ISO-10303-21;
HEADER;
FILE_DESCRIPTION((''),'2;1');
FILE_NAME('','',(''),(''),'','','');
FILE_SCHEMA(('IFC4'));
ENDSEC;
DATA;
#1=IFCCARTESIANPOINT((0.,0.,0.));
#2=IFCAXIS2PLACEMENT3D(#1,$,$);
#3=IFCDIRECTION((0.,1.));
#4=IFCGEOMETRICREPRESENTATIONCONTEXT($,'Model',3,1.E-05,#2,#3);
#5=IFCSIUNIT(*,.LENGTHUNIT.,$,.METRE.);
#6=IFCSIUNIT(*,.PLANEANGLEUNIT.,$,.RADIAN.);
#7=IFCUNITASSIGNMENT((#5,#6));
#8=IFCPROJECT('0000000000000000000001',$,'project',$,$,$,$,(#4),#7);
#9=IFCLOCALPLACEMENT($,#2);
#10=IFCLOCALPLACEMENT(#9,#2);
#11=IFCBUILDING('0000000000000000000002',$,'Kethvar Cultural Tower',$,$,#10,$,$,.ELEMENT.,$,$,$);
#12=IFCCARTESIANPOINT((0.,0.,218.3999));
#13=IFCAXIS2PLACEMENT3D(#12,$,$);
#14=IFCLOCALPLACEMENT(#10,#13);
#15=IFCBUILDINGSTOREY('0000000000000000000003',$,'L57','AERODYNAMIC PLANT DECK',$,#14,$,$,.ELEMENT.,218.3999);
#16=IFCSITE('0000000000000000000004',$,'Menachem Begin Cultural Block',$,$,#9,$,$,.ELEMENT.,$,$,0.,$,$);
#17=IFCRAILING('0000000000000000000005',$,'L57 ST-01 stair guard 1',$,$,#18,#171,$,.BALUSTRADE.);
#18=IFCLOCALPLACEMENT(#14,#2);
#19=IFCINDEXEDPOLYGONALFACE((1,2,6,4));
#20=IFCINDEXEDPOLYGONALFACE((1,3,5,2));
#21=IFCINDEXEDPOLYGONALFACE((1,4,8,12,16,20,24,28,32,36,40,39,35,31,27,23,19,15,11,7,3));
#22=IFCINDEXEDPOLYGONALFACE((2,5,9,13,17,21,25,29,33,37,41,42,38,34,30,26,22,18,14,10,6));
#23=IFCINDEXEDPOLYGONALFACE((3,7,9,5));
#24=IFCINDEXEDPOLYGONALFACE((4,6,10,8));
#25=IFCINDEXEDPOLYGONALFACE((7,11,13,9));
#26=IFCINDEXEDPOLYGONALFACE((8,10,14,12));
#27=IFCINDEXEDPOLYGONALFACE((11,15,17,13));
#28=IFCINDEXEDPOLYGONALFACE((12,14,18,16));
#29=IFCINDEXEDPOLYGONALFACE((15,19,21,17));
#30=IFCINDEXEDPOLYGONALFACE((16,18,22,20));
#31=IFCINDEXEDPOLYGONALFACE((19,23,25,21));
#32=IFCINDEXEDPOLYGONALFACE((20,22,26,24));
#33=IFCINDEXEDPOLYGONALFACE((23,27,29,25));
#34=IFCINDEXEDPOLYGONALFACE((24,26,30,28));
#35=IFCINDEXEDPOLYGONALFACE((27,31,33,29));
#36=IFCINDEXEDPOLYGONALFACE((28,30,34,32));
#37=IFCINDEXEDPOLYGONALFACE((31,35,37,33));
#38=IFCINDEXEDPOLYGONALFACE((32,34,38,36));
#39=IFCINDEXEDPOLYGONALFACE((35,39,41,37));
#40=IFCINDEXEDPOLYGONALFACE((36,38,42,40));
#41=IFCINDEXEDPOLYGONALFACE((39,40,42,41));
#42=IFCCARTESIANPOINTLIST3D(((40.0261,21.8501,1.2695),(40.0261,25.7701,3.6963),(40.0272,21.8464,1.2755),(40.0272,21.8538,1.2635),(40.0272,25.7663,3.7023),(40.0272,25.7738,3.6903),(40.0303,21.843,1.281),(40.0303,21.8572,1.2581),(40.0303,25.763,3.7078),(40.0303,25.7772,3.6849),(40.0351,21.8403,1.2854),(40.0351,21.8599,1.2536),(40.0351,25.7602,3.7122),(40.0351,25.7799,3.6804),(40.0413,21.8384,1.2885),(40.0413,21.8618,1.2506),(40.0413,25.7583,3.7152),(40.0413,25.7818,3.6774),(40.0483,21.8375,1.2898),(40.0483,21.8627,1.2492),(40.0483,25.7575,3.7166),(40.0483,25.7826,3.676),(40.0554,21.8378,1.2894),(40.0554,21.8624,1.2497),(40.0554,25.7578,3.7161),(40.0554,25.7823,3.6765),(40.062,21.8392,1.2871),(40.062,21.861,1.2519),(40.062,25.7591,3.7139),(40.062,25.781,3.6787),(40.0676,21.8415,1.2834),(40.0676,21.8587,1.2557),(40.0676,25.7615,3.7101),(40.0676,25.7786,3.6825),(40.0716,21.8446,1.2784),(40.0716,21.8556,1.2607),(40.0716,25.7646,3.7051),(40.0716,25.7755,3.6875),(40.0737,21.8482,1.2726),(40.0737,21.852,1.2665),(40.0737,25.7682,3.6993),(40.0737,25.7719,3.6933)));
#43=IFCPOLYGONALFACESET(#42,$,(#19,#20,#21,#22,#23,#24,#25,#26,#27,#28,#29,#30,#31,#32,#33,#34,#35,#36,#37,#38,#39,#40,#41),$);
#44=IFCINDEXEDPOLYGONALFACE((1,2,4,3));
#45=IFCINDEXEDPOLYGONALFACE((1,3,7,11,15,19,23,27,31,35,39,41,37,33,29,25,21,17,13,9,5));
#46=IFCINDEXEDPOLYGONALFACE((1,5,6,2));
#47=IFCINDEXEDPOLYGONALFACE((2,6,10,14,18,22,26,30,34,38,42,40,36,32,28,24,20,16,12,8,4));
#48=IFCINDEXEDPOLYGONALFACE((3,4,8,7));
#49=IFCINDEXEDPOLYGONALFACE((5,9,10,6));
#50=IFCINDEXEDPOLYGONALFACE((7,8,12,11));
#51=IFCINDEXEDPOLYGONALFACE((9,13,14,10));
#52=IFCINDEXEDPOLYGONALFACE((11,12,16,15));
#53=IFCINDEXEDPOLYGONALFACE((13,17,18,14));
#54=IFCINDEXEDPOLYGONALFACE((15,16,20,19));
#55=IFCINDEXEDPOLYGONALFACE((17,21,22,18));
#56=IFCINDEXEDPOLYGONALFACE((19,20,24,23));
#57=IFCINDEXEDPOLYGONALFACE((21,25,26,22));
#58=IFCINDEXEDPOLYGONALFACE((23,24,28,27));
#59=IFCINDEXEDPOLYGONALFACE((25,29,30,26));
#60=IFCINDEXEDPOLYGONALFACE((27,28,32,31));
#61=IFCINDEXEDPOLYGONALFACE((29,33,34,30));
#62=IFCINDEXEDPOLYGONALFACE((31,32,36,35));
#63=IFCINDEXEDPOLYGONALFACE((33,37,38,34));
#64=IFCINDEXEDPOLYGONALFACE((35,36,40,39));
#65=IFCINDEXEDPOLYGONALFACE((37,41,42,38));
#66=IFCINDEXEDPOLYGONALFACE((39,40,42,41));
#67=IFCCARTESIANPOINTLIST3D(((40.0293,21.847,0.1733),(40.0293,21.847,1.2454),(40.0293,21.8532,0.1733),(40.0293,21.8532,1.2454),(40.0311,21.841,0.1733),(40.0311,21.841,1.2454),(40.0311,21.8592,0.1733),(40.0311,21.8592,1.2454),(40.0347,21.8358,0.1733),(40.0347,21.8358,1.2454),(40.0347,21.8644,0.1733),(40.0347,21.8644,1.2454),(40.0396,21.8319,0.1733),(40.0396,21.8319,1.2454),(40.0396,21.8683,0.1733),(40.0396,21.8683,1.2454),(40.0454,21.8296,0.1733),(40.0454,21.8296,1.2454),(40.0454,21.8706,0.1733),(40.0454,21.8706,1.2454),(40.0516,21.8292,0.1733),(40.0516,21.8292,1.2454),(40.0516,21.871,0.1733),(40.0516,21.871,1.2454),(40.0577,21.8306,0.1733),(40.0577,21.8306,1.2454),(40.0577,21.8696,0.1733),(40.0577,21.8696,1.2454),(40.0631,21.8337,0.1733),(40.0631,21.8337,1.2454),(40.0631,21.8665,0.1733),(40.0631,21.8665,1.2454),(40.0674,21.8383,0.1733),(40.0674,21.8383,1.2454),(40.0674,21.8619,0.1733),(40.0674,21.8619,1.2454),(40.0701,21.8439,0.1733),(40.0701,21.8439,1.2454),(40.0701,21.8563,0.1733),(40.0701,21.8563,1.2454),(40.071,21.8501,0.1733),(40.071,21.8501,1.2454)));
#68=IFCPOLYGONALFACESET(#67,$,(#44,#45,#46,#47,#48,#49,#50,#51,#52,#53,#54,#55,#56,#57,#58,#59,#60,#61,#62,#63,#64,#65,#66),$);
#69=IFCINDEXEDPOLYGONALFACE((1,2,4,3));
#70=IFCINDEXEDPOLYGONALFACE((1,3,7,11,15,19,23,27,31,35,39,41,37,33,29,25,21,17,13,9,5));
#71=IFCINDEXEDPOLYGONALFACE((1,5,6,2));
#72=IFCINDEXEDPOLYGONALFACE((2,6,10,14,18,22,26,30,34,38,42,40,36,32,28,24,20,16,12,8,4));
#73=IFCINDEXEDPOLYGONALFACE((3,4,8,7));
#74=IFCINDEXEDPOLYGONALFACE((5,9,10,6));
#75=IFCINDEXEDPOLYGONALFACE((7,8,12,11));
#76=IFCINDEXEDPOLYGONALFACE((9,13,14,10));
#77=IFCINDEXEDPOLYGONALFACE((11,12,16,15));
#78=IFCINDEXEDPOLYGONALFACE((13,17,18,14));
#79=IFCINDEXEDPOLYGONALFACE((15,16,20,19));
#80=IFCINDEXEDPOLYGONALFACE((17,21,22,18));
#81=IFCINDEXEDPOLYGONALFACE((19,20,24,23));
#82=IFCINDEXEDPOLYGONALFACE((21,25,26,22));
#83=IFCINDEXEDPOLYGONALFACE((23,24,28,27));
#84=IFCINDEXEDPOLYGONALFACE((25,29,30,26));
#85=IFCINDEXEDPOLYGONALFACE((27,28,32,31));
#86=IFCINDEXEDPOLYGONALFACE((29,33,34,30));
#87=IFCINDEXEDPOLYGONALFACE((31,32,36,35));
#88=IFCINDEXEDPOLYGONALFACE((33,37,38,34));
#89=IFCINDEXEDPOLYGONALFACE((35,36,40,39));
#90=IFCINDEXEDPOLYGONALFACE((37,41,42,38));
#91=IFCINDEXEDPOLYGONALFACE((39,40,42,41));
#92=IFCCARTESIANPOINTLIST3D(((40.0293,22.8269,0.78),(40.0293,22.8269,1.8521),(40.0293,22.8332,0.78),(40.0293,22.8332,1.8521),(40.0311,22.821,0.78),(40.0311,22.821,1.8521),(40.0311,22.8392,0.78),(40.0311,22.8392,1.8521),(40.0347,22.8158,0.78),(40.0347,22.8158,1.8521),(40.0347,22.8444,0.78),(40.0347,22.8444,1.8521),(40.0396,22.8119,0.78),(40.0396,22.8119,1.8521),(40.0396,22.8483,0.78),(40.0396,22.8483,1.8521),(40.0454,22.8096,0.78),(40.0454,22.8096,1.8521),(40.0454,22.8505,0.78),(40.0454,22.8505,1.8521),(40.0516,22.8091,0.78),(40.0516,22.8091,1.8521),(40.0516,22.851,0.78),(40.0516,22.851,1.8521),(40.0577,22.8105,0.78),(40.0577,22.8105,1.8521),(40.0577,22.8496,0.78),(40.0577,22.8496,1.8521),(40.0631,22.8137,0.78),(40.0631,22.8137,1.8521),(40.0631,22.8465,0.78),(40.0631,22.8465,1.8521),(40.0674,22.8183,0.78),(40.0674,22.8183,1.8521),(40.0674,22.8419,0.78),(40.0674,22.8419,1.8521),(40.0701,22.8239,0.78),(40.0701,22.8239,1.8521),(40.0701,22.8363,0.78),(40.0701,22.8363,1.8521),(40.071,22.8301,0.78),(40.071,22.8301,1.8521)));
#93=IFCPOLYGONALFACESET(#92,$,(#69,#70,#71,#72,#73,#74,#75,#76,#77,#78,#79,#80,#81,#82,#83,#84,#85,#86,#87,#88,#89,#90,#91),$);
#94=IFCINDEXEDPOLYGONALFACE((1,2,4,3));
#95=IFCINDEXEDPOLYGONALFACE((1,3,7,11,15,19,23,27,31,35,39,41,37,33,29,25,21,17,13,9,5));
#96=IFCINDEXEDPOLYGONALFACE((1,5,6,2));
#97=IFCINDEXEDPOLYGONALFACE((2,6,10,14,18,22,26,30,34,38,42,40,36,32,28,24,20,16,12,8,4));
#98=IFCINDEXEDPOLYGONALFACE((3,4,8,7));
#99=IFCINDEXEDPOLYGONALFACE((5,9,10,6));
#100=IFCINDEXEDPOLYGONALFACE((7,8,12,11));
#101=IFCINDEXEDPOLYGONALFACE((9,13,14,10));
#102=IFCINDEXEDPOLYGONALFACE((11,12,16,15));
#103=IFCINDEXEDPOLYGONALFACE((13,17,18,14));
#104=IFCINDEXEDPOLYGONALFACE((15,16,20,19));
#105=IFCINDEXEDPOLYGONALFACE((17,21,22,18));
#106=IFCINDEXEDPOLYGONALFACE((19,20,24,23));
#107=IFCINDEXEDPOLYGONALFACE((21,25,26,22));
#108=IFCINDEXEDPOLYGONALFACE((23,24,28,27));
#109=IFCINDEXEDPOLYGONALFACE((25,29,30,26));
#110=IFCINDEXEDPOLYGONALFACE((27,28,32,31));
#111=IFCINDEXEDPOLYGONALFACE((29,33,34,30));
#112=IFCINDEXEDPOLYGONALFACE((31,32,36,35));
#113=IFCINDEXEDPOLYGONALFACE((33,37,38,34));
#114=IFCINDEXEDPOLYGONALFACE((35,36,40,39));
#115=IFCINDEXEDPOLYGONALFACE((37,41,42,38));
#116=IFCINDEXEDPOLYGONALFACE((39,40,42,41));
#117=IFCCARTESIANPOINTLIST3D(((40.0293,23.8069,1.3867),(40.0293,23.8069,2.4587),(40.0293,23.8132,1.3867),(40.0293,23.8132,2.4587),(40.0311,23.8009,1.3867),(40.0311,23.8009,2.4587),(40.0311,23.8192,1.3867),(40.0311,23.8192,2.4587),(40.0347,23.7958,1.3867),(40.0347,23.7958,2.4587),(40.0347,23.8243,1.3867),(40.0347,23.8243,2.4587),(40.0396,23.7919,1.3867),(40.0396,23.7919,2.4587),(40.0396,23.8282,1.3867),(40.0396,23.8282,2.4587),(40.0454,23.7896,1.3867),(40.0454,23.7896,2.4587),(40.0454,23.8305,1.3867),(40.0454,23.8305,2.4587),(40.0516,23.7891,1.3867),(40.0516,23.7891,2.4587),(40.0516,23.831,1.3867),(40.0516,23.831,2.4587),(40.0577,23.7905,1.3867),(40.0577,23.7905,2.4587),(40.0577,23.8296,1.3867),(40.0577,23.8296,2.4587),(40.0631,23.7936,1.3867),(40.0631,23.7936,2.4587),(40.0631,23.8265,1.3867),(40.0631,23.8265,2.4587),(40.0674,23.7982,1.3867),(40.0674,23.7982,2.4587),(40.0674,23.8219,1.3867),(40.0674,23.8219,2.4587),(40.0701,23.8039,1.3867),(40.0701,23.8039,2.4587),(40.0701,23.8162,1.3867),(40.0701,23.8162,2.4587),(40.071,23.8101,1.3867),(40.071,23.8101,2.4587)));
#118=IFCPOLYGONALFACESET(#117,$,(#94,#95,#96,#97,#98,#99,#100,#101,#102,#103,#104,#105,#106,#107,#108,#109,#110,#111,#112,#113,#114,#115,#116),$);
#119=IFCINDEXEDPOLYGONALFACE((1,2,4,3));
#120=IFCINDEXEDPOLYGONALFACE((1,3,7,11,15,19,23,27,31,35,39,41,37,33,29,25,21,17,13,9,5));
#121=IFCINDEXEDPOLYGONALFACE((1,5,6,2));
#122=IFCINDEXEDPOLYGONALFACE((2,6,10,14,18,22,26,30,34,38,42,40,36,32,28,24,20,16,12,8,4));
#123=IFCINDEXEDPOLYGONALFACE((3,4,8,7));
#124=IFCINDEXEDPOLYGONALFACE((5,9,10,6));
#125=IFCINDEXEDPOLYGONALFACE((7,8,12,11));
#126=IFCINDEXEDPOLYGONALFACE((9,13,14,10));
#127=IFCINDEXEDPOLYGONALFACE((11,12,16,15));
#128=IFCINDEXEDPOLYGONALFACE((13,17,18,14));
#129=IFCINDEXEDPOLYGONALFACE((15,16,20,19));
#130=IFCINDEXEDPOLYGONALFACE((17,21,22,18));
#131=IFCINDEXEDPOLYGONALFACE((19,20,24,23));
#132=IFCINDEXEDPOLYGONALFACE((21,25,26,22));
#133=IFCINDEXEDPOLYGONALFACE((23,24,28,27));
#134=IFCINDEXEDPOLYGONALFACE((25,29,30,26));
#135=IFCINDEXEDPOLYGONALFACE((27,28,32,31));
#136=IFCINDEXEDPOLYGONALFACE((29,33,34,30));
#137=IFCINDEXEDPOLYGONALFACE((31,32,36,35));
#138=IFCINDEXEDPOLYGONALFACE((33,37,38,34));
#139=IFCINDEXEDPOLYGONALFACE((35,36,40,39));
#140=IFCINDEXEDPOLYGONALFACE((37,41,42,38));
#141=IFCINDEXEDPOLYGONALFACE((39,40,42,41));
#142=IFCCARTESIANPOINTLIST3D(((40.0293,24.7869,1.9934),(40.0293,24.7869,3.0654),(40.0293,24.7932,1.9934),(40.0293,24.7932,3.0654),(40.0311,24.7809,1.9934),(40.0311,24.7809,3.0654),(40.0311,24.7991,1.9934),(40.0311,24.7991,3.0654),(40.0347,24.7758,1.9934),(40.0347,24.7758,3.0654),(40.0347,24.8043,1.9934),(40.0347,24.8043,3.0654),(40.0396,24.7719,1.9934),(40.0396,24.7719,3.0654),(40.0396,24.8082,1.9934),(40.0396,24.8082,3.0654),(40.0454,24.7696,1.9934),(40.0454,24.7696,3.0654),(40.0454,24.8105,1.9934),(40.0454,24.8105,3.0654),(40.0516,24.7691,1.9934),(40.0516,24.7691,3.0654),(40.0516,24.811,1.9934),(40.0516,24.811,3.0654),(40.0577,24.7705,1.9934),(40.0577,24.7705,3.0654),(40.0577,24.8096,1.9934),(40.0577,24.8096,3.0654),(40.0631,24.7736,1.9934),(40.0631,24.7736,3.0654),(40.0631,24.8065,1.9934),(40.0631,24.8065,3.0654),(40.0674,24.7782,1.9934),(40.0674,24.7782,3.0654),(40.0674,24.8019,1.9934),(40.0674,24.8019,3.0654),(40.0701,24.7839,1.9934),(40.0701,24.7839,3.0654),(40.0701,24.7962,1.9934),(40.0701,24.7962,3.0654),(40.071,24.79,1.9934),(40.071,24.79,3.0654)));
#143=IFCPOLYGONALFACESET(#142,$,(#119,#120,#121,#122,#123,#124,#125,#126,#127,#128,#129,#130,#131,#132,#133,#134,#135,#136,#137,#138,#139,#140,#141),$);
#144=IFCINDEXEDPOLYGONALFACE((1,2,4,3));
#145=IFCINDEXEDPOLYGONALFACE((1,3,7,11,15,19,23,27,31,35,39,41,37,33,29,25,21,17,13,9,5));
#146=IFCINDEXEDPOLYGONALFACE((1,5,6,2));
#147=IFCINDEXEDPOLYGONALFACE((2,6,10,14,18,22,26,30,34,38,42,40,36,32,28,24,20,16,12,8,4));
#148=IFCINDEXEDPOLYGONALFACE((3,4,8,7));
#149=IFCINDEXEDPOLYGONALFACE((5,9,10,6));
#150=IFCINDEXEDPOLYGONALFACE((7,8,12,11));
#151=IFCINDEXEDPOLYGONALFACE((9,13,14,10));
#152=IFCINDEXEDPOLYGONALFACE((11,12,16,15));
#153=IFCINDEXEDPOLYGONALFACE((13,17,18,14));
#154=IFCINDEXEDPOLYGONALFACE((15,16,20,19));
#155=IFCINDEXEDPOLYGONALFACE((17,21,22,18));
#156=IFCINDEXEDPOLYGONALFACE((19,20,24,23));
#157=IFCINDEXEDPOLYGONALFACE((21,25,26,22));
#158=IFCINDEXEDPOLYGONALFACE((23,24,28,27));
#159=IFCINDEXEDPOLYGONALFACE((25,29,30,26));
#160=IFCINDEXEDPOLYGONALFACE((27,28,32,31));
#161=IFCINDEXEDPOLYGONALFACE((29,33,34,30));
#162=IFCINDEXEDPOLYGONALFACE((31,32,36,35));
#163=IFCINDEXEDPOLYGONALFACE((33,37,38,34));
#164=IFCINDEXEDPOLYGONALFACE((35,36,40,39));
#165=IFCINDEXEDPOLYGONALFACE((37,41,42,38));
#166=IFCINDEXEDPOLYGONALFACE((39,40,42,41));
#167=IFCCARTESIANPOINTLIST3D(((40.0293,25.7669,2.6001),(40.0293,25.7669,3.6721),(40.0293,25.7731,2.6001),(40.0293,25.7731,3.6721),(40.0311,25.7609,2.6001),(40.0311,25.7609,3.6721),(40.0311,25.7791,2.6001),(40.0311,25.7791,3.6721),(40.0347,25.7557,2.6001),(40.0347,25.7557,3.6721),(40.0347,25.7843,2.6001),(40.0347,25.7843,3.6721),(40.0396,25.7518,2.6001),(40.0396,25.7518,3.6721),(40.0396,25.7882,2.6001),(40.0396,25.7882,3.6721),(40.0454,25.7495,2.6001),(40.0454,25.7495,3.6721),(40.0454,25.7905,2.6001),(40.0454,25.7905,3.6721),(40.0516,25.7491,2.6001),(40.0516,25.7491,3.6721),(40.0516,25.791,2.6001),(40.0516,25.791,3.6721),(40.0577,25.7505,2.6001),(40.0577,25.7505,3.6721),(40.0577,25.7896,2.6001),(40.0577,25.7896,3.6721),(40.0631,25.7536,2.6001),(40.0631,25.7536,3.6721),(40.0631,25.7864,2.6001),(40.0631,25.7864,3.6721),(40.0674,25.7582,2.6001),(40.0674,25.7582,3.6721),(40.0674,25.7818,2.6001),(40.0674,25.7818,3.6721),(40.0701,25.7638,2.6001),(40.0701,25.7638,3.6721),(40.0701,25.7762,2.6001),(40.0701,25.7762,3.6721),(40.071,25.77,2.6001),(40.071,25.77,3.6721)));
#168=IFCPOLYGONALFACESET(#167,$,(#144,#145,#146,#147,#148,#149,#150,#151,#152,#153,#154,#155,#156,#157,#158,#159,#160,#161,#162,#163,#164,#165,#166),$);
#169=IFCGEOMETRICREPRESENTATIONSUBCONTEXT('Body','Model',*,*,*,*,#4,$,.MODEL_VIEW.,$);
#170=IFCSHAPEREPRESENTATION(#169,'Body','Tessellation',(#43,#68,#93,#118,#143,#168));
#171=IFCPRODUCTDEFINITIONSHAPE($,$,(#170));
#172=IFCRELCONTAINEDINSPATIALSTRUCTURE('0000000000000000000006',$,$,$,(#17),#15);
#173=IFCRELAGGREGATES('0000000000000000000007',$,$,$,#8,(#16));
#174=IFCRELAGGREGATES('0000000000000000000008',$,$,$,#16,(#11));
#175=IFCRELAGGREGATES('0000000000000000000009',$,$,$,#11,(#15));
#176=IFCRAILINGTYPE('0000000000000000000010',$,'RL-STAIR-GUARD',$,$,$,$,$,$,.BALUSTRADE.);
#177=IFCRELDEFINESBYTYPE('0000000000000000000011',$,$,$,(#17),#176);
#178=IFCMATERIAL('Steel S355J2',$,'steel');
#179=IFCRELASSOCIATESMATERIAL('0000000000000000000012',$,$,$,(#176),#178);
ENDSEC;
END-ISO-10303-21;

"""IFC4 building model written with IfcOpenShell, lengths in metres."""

from ifc_helpers import new_model, si_unit, direction, frame, origin, origin_2d, place, context, subcontext, project, spatial, circle, extrude, material, type_object, element, save


model = new_model("IFC4")

# Units and contexts
model_context = context("Model", 3, precision=1e-05, world=origin(), true_north=direction((0.0, 1.0)))
body_context = subcontext(model_context, "Body", "Model", "MODEL_VIEW")
ifc_project = project(units=[si_unit("LENGTHUNIT", "METRE"), si_unit("PLANEANGLEUNIT", "RADIAN")], contexts=[model_context])

# Site, building, storey
site_placement = place(None, origin())
site = spatial("IfcSite", under=ifc_project, at=site_placement, Name="Menachem Begin Cultural Block", CompositionType="ELEMENT", RefElevation=0.0)
building_placement = place(site_placement, origin())
building = spatial("IfcBuilding", under=site, at=building_placement, Name="Kethvar Cultural Tower", CompositionType="ELEMENT")
storey_placement = place(building_placement, frame((0.0, 0.0, 218.3999)))
storey = spatial("IfcBuildingStorey", under=building, at=storey_placement, Name="L57", Description="AERODYNAMIC PLANT DECK", CompositionType="ELEMENT", Elevation=218.3999)

# Shared definitions
ifc_material_1 = material(Name="Steel S355J2", Category="steel")

# Railing
railing_type_1 = type_object("IfcRailingType", Name="RL-STAIR-GUARD", PredefinedType="BALUSTRADE", material=ifc_material_1)
railing_1_placement = place(storey_placement, frame((40.05, 21.8501, 0.1733)))
element("IfcRailing", 1, at=railing_1_placement, inside=storey, type_object=railing_type_1, Name="L57 ST-01 stair guard 1", PredefinedType="BALUSTRADE", context=body_context, shape_type="SweptSolid", body=[
    extrude(circle(Radius=0.0239, at=origin_2d()), frame((0.0, 0.0, 1.0962), z_axis=(0.0, 0.850252, 0.526376), x_axis=(-1.0, 0.0, 0.0)), (0.0, 0.0, 1.0), 4.6104),
    extrude(circle(Radius=0.021, at=origin_2d()), origin(), (0.0, 0.0, 1.0), 1.072),
    extrude(circle(Radius=0.021, at=origin_2d()), frame((0.0, 0.98, 0.6067)), (0.0, 0.0, 1.0), 1.072),
    extrude(circle(Radius=0.021, at=origin_2d()), frame((0.0, 1.96, 1.2134)), (0.0, 0.0, 1.0), 1.072),
    extrude(circle(Radius=0.021, at=origin_2d()), frame((0.0, 2.9399, 1.8201)), (0.0, 0.0, 1.0), 1.072),
    extrude(circle(Radius=0.021, at=origin_2d()), frame((0.0, 3.9199, 2.4268)), (0.0, 0.0, 1.0), 1.072),
])

save(model, "model.ifc")
